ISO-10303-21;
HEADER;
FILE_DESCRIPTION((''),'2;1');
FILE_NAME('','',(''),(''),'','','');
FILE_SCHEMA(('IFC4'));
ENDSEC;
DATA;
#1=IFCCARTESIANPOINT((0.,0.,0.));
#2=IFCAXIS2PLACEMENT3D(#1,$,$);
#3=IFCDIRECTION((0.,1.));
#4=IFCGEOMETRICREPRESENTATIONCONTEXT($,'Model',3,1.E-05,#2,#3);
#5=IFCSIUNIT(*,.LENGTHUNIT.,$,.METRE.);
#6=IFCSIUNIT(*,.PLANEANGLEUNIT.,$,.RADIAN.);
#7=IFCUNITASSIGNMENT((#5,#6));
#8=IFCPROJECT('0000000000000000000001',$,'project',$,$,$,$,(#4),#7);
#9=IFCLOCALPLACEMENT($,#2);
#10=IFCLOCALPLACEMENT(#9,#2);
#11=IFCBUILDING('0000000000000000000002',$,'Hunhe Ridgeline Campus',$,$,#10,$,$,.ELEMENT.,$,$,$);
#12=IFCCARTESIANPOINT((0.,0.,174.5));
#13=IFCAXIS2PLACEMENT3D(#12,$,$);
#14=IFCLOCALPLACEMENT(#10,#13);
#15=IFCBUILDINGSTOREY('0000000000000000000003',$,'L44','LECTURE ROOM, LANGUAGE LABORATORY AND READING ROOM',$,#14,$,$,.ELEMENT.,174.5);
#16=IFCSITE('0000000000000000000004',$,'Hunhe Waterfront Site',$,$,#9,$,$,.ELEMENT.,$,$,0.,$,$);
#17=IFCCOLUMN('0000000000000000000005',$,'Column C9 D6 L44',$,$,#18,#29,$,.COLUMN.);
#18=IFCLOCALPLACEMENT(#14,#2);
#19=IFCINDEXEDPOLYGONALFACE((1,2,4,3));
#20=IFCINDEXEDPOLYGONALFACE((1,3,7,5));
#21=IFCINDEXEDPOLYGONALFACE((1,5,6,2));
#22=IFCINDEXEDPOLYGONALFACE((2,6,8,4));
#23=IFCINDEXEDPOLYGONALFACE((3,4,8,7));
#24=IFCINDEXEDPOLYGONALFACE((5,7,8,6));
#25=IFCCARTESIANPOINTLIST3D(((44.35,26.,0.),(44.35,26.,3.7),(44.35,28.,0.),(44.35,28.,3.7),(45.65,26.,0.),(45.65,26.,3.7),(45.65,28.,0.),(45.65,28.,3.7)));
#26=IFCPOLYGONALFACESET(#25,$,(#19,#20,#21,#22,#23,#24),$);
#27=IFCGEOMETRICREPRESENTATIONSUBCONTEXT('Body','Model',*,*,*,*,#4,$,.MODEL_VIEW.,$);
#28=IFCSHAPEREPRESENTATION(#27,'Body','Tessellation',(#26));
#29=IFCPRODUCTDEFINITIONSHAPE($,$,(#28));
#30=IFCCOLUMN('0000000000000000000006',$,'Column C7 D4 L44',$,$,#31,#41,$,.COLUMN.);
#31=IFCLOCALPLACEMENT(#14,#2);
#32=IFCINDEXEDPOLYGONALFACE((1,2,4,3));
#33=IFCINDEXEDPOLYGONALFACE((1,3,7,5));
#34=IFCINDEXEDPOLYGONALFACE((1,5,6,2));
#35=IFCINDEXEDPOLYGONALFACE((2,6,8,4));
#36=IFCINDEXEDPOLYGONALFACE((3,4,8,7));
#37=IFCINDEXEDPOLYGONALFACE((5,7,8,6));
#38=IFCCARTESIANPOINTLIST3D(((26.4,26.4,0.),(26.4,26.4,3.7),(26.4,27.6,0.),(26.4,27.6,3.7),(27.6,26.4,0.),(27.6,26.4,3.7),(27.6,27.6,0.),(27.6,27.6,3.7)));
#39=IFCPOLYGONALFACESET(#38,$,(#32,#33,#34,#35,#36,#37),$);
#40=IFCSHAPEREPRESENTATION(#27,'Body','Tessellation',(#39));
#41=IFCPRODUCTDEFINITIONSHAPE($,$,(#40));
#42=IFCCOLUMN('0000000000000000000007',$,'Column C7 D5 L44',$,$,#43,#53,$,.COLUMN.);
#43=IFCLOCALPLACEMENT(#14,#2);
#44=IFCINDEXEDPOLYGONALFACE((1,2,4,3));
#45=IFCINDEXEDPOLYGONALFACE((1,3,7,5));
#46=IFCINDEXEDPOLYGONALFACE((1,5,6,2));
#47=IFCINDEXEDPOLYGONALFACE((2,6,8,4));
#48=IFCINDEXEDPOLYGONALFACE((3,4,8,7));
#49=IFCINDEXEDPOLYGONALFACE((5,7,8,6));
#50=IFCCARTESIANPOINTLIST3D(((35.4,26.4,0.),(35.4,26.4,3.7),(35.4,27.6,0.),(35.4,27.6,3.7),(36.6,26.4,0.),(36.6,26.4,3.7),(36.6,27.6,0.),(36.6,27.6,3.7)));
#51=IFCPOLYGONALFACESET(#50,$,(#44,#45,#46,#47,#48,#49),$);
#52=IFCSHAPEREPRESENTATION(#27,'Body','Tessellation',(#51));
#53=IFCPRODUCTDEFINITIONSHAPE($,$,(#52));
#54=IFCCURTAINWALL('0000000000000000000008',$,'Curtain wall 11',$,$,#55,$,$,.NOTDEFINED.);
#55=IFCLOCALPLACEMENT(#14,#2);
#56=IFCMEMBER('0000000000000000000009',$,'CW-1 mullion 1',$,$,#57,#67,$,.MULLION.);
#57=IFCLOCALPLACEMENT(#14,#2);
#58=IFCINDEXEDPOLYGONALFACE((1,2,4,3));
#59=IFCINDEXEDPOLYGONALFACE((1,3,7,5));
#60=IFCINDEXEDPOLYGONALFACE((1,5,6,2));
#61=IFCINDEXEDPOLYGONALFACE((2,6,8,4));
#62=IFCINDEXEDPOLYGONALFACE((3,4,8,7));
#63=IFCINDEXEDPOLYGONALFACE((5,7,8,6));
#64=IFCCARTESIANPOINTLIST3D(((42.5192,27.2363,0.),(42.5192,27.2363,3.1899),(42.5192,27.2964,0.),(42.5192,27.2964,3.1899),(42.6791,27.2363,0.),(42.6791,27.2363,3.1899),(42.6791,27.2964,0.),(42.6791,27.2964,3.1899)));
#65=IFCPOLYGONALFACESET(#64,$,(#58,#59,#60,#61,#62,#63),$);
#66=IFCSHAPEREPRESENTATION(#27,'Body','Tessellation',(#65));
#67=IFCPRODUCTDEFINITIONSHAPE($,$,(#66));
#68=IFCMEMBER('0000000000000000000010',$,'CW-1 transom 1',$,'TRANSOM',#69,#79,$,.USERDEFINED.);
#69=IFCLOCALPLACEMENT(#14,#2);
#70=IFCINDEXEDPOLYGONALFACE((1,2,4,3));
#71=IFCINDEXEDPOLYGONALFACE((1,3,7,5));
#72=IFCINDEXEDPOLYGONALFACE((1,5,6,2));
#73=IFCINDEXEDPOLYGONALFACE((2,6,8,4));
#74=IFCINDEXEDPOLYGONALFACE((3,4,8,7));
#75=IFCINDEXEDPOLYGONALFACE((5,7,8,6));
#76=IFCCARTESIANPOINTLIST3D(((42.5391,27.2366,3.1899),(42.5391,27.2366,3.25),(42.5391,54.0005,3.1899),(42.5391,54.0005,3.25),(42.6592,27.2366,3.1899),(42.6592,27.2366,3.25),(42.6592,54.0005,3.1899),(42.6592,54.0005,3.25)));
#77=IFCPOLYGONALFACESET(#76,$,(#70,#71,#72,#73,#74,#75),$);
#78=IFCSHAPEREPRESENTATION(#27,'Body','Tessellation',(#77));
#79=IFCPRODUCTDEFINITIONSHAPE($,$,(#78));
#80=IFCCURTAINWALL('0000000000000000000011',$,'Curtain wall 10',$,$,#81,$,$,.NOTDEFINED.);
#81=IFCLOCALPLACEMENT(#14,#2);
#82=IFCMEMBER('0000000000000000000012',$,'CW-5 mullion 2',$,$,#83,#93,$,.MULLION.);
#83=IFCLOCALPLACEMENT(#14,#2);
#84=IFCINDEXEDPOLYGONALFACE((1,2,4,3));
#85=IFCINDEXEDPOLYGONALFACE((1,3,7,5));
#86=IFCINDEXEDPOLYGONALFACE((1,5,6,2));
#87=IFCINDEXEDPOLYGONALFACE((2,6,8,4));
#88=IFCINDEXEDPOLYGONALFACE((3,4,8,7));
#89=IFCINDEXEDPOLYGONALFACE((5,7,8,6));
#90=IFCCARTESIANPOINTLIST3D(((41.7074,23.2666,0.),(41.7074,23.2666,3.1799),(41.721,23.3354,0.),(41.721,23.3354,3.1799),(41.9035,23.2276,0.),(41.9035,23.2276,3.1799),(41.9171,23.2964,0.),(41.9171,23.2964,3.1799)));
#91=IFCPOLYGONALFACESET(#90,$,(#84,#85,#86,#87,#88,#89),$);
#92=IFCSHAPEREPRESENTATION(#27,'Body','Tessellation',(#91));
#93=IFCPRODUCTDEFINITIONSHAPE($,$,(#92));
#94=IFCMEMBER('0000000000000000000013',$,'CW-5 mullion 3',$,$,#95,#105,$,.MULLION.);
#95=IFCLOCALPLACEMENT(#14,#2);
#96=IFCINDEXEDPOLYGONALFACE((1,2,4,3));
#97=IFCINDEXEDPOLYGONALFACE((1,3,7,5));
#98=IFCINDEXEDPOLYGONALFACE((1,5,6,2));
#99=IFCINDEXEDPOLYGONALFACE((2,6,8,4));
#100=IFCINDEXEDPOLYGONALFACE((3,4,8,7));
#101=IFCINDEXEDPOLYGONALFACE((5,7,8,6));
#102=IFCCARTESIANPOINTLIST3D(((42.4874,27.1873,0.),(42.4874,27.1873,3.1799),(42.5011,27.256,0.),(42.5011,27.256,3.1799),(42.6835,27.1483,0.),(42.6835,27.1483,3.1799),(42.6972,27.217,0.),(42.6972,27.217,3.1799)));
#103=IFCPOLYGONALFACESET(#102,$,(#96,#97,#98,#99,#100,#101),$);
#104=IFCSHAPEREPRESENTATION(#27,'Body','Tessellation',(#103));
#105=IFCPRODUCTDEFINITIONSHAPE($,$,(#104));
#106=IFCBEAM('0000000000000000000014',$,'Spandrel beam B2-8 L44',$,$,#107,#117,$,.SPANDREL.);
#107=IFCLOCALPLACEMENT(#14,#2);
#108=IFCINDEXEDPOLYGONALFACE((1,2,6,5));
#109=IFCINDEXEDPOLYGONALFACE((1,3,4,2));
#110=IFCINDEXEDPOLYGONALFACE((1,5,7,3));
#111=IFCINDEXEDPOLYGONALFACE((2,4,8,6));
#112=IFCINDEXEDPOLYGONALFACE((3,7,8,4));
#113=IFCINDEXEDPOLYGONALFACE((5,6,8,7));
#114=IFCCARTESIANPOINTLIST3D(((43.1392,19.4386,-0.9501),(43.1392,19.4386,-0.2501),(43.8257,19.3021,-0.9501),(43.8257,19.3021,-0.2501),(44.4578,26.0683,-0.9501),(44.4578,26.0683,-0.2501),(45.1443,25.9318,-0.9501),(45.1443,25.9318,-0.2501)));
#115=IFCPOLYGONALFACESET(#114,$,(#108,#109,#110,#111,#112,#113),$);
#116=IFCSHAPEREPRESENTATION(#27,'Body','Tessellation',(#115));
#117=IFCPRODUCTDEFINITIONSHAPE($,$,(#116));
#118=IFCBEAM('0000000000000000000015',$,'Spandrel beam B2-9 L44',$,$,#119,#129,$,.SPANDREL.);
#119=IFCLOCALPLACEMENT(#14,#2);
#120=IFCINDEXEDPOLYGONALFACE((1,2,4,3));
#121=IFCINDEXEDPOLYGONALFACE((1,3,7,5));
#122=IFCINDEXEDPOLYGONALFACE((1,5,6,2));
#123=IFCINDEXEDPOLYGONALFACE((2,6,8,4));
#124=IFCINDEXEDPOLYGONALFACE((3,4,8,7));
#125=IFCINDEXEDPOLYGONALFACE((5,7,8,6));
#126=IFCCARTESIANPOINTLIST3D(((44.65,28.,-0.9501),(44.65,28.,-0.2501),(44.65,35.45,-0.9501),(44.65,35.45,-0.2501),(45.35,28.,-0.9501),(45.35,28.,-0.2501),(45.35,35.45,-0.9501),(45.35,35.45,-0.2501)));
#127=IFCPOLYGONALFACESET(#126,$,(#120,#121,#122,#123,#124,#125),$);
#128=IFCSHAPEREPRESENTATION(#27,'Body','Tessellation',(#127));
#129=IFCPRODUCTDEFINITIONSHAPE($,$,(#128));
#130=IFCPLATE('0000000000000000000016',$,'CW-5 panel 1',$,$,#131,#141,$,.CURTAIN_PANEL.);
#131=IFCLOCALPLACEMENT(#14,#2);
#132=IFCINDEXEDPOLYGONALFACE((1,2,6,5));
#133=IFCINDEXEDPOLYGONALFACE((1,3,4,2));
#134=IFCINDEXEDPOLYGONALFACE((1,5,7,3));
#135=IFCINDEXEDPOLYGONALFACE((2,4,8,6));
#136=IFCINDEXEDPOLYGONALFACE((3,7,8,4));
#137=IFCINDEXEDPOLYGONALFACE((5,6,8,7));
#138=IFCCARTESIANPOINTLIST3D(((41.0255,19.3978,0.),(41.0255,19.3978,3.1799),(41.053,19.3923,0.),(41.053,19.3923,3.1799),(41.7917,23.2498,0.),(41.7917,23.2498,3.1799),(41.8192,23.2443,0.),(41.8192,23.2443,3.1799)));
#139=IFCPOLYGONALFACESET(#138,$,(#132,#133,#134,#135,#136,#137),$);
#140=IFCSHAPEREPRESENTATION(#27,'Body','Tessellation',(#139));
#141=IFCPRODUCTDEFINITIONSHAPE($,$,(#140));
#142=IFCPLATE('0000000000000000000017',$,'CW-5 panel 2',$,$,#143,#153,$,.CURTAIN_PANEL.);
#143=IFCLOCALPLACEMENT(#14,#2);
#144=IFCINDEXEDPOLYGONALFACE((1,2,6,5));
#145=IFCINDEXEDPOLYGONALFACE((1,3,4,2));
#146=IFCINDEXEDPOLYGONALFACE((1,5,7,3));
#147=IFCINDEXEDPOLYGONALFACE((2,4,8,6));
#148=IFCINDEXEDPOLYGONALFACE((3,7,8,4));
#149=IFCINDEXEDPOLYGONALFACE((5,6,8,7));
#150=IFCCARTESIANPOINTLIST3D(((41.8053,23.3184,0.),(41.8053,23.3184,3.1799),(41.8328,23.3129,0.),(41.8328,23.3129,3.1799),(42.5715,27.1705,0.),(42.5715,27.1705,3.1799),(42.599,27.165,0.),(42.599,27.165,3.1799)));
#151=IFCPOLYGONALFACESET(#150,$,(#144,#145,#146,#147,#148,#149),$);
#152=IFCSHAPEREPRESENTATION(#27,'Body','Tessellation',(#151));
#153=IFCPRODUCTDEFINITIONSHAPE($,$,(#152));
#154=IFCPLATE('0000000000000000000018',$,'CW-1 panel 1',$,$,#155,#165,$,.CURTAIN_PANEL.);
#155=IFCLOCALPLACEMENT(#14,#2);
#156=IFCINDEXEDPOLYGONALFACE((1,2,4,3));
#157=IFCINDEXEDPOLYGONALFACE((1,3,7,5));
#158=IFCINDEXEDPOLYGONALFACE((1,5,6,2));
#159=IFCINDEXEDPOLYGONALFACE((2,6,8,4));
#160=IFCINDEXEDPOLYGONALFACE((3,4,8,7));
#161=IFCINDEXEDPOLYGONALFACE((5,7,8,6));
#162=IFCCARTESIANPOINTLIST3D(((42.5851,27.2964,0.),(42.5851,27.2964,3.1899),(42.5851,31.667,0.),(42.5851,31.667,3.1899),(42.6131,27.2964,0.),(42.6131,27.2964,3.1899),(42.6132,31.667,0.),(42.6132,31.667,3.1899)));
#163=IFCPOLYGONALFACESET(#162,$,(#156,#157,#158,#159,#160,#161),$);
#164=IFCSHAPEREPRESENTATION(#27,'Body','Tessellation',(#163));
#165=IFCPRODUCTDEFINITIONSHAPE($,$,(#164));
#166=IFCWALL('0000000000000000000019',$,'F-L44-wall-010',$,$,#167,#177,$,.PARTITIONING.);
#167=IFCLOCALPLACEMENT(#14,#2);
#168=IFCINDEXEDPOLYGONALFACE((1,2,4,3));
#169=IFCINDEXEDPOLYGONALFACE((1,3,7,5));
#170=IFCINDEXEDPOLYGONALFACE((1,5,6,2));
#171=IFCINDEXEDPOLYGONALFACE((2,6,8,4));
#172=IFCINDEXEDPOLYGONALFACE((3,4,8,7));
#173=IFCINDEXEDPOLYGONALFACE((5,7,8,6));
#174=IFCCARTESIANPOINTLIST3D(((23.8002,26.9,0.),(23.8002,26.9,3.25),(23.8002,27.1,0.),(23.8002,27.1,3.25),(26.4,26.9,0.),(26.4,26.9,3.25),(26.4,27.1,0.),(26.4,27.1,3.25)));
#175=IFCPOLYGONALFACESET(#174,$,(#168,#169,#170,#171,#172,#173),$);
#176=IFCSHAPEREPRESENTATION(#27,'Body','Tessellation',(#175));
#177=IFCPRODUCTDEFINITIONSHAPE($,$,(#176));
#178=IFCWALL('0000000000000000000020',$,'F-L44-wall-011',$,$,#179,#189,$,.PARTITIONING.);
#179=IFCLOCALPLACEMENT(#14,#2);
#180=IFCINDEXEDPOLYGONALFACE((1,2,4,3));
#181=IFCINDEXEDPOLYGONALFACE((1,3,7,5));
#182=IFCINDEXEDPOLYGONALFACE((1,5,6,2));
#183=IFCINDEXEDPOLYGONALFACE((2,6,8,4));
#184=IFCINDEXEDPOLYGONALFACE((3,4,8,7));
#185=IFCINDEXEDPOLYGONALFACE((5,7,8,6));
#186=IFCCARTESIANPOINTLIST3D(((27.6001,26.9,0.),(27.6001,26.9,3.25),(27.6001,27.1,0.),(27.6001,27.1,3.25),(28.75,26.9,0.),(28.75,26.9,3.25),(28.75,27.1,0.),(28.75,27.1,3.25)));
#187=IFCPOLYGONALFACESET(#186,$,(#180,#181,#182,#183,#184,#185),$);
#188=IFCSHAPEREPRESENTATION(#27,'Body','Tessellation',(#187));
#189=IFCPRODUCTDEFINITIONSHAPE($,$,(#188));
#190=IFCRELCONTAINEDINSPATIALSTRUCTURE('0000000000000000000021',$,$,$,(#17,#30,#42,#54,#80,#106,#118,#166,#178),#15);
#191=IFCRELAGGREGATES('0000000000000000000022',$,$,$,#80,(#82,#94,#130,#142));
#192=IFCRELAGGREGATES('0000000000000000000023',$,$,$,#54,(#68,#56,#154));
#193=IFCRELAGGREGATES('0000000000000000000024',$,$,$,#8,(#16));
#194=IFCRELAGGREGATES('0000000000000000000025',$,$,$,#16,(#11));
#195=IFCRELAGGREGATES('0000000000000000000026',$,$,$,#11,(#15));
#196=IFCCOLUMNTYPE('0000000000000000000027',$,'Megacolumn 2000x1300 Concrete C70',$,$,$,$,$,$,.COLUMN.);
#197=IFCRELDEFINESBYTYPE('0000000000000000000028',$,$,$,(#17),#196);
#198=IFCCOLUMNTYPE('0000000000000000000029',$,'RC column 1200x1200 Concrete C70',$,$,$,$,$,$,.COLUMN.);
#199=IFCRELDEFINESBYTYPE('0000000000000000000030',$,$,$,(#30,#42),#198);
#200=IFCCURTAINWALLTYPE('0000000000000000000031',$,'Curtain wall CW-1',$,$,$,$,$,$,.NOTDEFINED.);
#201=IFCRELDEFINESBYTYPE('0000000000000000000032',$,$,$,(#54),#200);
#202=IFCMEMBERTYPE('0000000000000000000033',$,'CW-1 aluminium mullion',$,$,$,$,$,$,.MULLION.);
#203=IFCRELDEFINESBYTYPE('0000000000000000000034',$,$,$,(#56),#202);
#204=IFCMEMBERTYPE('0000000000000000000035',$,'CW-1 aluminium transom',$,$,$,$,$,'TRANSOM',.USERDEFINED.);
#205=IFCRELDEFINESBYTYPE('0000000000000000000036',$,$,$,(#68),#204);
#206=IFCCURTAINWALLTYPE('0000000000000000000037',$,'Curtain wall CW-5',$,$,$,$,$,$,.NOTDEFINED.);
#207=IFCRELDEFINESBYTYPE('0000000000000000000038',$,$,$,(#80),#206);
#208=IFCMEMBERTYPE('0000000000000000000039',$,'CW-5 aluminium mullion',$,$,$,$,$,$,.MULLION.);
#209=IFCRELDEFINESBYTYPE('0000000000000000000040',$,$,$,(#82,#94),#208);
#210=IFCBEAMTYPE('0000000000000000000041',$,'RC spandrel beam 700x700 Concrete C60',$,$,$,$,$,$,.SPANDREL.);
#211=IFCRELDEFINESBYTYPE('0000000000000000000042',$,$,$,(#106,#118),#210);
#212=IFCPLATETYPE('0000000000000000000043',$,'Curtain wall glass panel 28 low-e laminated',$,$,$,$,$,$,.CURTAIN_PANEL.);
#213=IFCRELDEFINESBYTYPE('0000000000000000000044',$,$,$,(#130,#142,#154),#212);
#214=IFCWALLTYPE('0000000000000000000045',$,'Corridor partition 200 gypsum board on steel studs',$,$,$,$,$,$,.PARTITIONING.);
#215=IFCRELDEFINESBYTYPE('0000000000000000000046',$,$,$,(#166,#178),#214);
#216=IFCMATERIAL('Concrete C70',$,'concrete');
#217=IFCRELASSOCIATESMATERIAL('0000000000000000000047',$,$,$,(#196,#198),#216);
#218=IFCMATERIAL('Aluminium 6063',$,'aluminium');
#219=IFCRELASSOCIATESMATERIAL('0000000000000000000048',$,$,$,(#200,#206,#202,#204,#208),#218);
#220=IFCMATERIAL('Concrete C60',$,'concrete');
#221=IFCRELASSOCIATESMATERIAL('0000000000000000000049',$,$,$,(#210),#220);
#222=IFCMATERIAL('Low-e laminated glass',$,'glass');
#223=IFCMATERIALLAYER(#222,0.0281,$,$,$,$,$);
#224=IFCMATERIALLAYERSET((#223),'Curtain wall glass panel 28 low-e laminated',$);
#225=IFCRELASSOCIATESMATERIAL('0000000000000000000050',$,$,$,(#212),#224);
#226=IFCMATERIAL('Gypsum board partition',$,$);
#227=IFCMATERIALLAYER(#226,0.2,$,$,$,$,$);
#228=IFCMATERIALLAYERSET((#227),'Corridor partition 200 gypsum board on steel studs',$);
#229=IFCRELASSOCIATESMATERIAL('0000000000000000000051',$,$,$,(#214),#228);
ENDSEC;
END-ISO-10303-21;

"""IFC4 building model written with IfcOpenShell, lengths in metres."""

from ifc_helpers import new_model, si_unit, direction, frame, frame_2d, origin, origin_2d, place, context, subcontext, project, spatial, rectangle, extrude, material, layer, layer_set, material_profile, profile_set, type_object, element, aggregate, save


model = new_model("IFC4")

# Units and contexts
model_context = context("Model", 3, precision=1e-05, world=origin(), true_north=direction((0.0, 1.0)))
body_context = subcontext(model_context, "Body", "Model", "MODEL_VIEW")
ifc_project = project(units=[si_unit("LENGTHUNIT", "METRE"), si_unit("PLANEANGLEUNIT", "RADIAN")], contexts=[model_context])

# Site, building, storey
site_placement = place(None, origin())
site = spatial("IfcSite", under=ifc_project, at=site_placement, Name="Hunhe Waterfront Site", CompositionType="ELEMENT", RefElevation=0.0)
building_placement = place(site_placement, origin())
building = spatial("IfcBuilding", under=site, at=building_placement, Name="Hunhe Ridgeline Campus", CompositionType="ELEMENT")
storey_placement = place(building_placement, frame((0.0, 0.0, 174.5)))
storey = spatial("IfcBuildingStorey", under=building, at=storey_placement, Name="L44", Description="LECTURE ROOM, LANGUAGE LABORATORY AND READING ROOM", CompositionType="ELEMENT", Elevation=174.5)

# Columns
ifc_material_1 = material(Name="Concrete C70", Category="concrete")
ifc_material_profile_1 = material_profile(ifc_material_1, rectangle(XDim=2.0, YDim=1.3, at=origin_2d()))
ifc_profile_set_1 = profile_set([ifc_material_profile_1], Name="Concrete C70")
column_type_1 = type_object("IfcColumnType", Name="Megacolumn 2000x1300 Concrete C70", PredefinedType="COLUMN", material=ifc_profile_set_1)
column_placement = place(storey_placement, frame((45.0, 27.0, 0.0), z_axis=(0.0, 0.0, 1.0), x_axis=(0.0, 1.0, 0.0)))
element("IfcColumn", 1, at=column_placement, inside=storey, type_object=column_type_1, Name="Column C9 D6 L44", PredefinedType="COLUMN", context=body_context, shape_type="SweptSolid", body=[
    extrude(rectangle(XDim=2.0, YDim=1.3, at=origin_2d()), origin(), (0.0, 0.0, 1.0), 3.7),
])
ifc_material_profile_2 = material_profile(ifc_material_1, rectangle(XDim=1.2, YDim=1.2, at=origin_2d()))
ifc_profile_set_2 = profile_set([ifc_material_profile_2], Name="Concrete C70")
column_type_2 = type_object("IfcColumnType", Name="RC column 1200x1200 Concrete C70", PredefinedType="COLUMN", material=ifc_profile_set_2)
for number, where, z_axis, x_axis, name in (
    (2, (27.0, 27.0, 0.0), (0.0, 0.0, 1.0), (1.0, 0.0, 0.0), "Column C7 D4 L44"),
    (3, (36.0, 27.0, 0.0), (0.0, 0.0, 1.0), (1.0, 0.0, 0.0), "Column C7 D5 L44"),
):
    element("IfcColumn", number, at=place(storey_placement, frame(where, z_axis=z_axis, x_axis=x_axis)), inside=storey, type_object=column_type_2, Name=name, PredefinedType="COLUMN", context=body_context, shape_type="SweptSolid", body=[
        extrude(rectangle(XDim=1.2, YDim=1.2, at=origin_2d()), origin(), (0.0, 0.0, 1.0), 3.7),
    ])

# Curtain walls, members
ifc_material_2 = material(Name="Aluminium 6063", Category="aluminium")
curtain_wall_type_1 = type_object("IfcCurtainWallType", Name="Curtain wall CW-1", PredefinedType="NOTDEFINED", material=ifc_material_2)
curtain_wall_1_placement = place(storey_placement, origin())
curtain_wall_1 = element("IfcCurtainWall", 4, at=curtain_wall_1_placement, inside=storey, type_object=curtain_wall_type_1, Name="Curtain wall 11", PredefinedType="NOTDEFINED")
ifc_material_profile_3 = material_profile(ifc_material_2, rectangle(XDim=0.1599, YDim=0.0601, at=origin_2d()))
ifc_profile_set_3 = profile_set([ifc_material_profile_3], Name="Aluminium 6063")
member_type_1 = type_object("IfcMemberType", Name="CW-1 aluminium mullion", PredefinedType="MULLION", material=ifc_profile_set_3)
member_1_placement = place(storey_placement, frame((42.5991, 27.2664, 0.0), z_axis=(0.0, 0.0, 1.0), x_axis=(-1.0, 0.000004, 0.0)))
member_1 = element("IfcMember", 5, at=member_1_placement, type_object=member_type_1, Name="CW-1 mullion 1", PredefinedType="MULLION", context=body_context, shape_type="SweptSolid", body=[
    extrude(rectangle(XDim=0.1599, YDim=0.0601, at=origin_2d()), origin(), (0.0, 0.0, 1.0), 3.1899),
])
ifc_material_profile_4 = material_profile(ifc_material_2, rectangle(XDim=0.1201, YDim=0.0601, at=origin_2d()))
ifc_profile_set_4 = profile_set([ifc_material_profile_4], Name="Aluminium 6063")
member_type_2 = type_object("IfcMemberType", Name="CW-1 aluminium transom", ElementType="TRANSOM", PredefinedType="USERDEFINED", material=ifc_profile_set_4)
member_2_placement = place(storey_placement, frame((42.5991, 27.2366, 3.22), z_axis=(0.0, 1.0, 0.0), x_axis=(-1.0, 0.0, 0.0)))
member_2 = element("IfcMember", 6, at=member_2_placement, type_object=member_type_2, Name="CW-1 transom 1", ObjectType="TRANSOM", PredefinedType="USERDEFINED", context=body_context, shape_type="SweptSolid", body=[
    extrude(rectangle(XDim=0.1201, YDim=0.0601, at=origin_2d()), origin(), (0.0, 0.0, 1.0), 26.7639),
])
curtain_wall_type_2 = type_object("IfcCurtainWallType", Name="Curtain wall CW-5", PredefinedType="NOTDEFINED", material=ifc_material_2)
curtain_wall_2_placement = place(storey_placement, origin())
curtain_wall_2 = element("IfcCurtainWall", 7, at=curtain_wall_2_placement, inside=storey, type_object=curtain_wall_type_2, Name="Curtain wall 10", PredefinedType="NOTDEFINED")
ifc_material_profile_5 = material_profile(ifc_material_2, rectangle(XDim=0.2, YDim=0.0701, at=origin_2d()))
ifc_profile_set_5 = profile_set([ifc_material_profile_5], Name="Aluminium 6063")
member_type_3 = type_object("IfcMemberType", Name="CW-5 aluminium mullion", PredefinedType="MULLION", material=ifc_profile_set_5)
member_3_placement = place(storey_placement, frame((41.8123, 23.2815, 0.0), z_axis=(0.0, 0.0, 1.0), x_axis=(-0.980785, 0.19509, 0.0)))
member_3 = element("IfcMember", 8, at=member_3_placement, type_object=member_type_3, Name="CW-5 mullion 2", PredefinedType="MULLION", context=body_context, shape_type="SweptSolid", body=[
    extrude(rectangle(XDim=0.2, YDim=0.0701, at=origin_2d()), origin(), (0.0, 0.0, 1.0), 3.1799),
])
member_4_placement = place(storey_placement, frame((42.5923, 27.2021, 0.0), z_axis=(0.0, 0.0, 1.0), x_axis=(-0.980785, 0.19509, 0.0)))
member_4 = element("IfcMember", 9, at=member_4_placement, type_object=member_type_3, Name="CW-5 mullion 3", PredefinedType="MULLION", context=body_context, shape_type="SweptSolid", body=[
    extrude(rectangle(XDim=0.2, YDim=0.0701, at=origin_2d()), origin(), (0.0, 0.0, 1.0), 3.1799),
])

# Beams
ifc_material_3 = material(Name="Concrete C60", Category="concrete")
ifc_material_profile_6 = material_profile(ifc_material_3, rectangle(XDim=0.7, YDim=0.7, at=origin_2d()))
ifc_profile_set_6 = profile_set([ifc_material_profile_6], Name="Concrete C60")
beam_type = type_object("IfcBeamType", Name="RC spandrel beam 700x700 Concrete C60", PredefinedType="SPANDREL", material=ifc_profile_set_6)
beam_1_placement = place(storey_placement, frame((43.4824, 19.3704, -0.6001), z_axis=(0.195074, 0.980788, 0.0), x_axis=(-0.980788, 0.195074, 0.0)))
element("IfcBeam", 10, at=beam_1_placement, inside=storey, type_object=beam_type, Name="Spandrel beam B2-8 L44", PredefinedType="SPANDREL", context=body_context, shape_type="SweptSolid", body=[
    extrude(rectangle(XDim=0.7, YDim=0.7, at=origin_2d()), origin(), (0.0, 0.0, 1.0), 6.7595),
])
beam_2_placement = place(storey_placement, frame((45.0, 28.0, -0.6001), z_axis=(0.0, 1.0, 0.0), x_axis=(-1.0, 0.0, 0.0)))
element("IfcBeam", 11, at=beam_2_placement, inside=storey, type_object=beam_type, Name="Spandrel beam B2-9 L44", PredefinedType="SPANDREL", context=body_context, shape_type="SweptSolid", body=[
    extrude(rectangle(XDim=0.7, YDim=0.7, at=origin_2d()), origin(), (0.0, 0.0, 1.0), 7.45),
])

# Plates
ifc_material_4 = material(Name="Low-e laminated glass", Category="glass")
ifc_layer_1 = layer(ifc_material_4, 0.0281)
ifc_layer_set_1 = layer_set([ifc_layer_1], Name="Curtain wall glass panel 28 low-e laminated")
plate_type = type_object("IfcPlateType", Name="Curtain wall glass panel 28 low-e laminated", PredefinedType="CURTAIN_PANEL", material=ifc_layer_set_1)
plate_1_placement = place(storey_placement, frame((41.4224, 21.321, 0.0), z_axis=(0.0, 0.0, 1.0), x_axis=(0.19509, 0.980785, 0.0)))
plate_1 = element("IfcPlate", 12, at=plate_1_placement, type_object=plate_type, Name="CW-5 panel 1", PredefinedType="CURTAIN_PANEL", context=body_context, shape_type="SweptSolid", body=[
    extrude(rectangle(XDim=3.9275, YDim=0.0281, at=origin_2d()), origin(), (0.0, 0.0, 1.0), 3.1799),
])
plate_2_placement = place(storey_placement, frame((42.2021, 25.2417, 0.0), z_axis=(0.0, 0.0, 1.0), x_axis=(0.19509, 0.980785, 0.0)))
plate_2 = element("IfcPlate", 13, at=plate_2_placement, type_object=plate_type, Name="CW-5 panel 2", PredefinedType="CURTAIN_PANEL", context=body_context, shape_type="SweptSolid", body=[
    extrude(rectangle(XDim=3.9275, YDim=0.0281, at=origin_2d()), origin(), (0.0, 0.0, 1.0), 3.1799),
])
aggregate(curtain_wall_2, [member_3, member_4, plate_1, plate_2])
plate_3_placement = place(storey_placement, frame((42.5991, 29.4817, 0.0), z_axis=(0.0, 0.0, 1.0), x_axis=(0.000004, 1.0, 0.0)))
plate_3 = element("IfcPlate", 14, at=plate_3_placement, type_object=plate_type, Name="CW-1 panel 1", PredefinedType="CURTAIN_PANEL", context=body_context, shape_type="SweptSolid", body=[
    extrude(rectangle(XDim=4.3706, YDim=0.0281, at=origin_2d()), origin(), (0.0, 0.0, 1.0), 3.1899),
])
aggregate(curtain_wall_1, [member_2, member_1, plate_3])

# Walls
ifc_material_5 = material(Name="Gypsum board partition")
ifc_layer_2 = layer(ifc_material_5, 0.2)
ifc_layer_set_2 = layer_set([ifc_layer_2], Name="Corridor partition 200 gypsum board on steel studs")
wall_type_1 = type_object("IfcWallType", Name="Corridor partition 200 gypsum board on steel studs", PredefinedType="PARTITIONING", material=ifc_layer_set_2)
wall_1_placement = place(storey_placement, frame((26.3999, 27.0, 0.0), z_axis=(0.0, 0.0, 1.0), x_axis=(-1.0, 0.0, 0.0)))
element("IfcWall", 15, at=wall_1_placement, inside=storey, type_object=wall_type_1, Name="F-L44-wall-010", PredefinedType="PARTITIONING", context=body_context, shape_type="SweptSolid", body=[
    extrude(rectangle(XDim=2.5999, YDim=0.2, at=frame_2d((1.2998, 0.0))), origin(), (0.0, 0.0, 1.0), 3.25),
])
wall_2_placement = place(storey_placement, frame((28.75, 27.0, 0.0), z_axis=(0.0, 0.0, 1.0), x_axis=(-1.0, 0.0, 0.0)))
element("IfcWall", 16, at=wall_2_placement, inside=storey, type_object=wall_type_1, Name="F-L44-wall-011", PredefinedType="PARTITIONING", context=body_context, shape_type="SweptSolid", body=[
    extrude(rectangle(XDim=1.1499, YDim=0.2, at=frame_2d((0.575, 0.0))), origin(), (0.0, 0.0, 1.0), 3.25),
])

save(model, "model.ifc")
